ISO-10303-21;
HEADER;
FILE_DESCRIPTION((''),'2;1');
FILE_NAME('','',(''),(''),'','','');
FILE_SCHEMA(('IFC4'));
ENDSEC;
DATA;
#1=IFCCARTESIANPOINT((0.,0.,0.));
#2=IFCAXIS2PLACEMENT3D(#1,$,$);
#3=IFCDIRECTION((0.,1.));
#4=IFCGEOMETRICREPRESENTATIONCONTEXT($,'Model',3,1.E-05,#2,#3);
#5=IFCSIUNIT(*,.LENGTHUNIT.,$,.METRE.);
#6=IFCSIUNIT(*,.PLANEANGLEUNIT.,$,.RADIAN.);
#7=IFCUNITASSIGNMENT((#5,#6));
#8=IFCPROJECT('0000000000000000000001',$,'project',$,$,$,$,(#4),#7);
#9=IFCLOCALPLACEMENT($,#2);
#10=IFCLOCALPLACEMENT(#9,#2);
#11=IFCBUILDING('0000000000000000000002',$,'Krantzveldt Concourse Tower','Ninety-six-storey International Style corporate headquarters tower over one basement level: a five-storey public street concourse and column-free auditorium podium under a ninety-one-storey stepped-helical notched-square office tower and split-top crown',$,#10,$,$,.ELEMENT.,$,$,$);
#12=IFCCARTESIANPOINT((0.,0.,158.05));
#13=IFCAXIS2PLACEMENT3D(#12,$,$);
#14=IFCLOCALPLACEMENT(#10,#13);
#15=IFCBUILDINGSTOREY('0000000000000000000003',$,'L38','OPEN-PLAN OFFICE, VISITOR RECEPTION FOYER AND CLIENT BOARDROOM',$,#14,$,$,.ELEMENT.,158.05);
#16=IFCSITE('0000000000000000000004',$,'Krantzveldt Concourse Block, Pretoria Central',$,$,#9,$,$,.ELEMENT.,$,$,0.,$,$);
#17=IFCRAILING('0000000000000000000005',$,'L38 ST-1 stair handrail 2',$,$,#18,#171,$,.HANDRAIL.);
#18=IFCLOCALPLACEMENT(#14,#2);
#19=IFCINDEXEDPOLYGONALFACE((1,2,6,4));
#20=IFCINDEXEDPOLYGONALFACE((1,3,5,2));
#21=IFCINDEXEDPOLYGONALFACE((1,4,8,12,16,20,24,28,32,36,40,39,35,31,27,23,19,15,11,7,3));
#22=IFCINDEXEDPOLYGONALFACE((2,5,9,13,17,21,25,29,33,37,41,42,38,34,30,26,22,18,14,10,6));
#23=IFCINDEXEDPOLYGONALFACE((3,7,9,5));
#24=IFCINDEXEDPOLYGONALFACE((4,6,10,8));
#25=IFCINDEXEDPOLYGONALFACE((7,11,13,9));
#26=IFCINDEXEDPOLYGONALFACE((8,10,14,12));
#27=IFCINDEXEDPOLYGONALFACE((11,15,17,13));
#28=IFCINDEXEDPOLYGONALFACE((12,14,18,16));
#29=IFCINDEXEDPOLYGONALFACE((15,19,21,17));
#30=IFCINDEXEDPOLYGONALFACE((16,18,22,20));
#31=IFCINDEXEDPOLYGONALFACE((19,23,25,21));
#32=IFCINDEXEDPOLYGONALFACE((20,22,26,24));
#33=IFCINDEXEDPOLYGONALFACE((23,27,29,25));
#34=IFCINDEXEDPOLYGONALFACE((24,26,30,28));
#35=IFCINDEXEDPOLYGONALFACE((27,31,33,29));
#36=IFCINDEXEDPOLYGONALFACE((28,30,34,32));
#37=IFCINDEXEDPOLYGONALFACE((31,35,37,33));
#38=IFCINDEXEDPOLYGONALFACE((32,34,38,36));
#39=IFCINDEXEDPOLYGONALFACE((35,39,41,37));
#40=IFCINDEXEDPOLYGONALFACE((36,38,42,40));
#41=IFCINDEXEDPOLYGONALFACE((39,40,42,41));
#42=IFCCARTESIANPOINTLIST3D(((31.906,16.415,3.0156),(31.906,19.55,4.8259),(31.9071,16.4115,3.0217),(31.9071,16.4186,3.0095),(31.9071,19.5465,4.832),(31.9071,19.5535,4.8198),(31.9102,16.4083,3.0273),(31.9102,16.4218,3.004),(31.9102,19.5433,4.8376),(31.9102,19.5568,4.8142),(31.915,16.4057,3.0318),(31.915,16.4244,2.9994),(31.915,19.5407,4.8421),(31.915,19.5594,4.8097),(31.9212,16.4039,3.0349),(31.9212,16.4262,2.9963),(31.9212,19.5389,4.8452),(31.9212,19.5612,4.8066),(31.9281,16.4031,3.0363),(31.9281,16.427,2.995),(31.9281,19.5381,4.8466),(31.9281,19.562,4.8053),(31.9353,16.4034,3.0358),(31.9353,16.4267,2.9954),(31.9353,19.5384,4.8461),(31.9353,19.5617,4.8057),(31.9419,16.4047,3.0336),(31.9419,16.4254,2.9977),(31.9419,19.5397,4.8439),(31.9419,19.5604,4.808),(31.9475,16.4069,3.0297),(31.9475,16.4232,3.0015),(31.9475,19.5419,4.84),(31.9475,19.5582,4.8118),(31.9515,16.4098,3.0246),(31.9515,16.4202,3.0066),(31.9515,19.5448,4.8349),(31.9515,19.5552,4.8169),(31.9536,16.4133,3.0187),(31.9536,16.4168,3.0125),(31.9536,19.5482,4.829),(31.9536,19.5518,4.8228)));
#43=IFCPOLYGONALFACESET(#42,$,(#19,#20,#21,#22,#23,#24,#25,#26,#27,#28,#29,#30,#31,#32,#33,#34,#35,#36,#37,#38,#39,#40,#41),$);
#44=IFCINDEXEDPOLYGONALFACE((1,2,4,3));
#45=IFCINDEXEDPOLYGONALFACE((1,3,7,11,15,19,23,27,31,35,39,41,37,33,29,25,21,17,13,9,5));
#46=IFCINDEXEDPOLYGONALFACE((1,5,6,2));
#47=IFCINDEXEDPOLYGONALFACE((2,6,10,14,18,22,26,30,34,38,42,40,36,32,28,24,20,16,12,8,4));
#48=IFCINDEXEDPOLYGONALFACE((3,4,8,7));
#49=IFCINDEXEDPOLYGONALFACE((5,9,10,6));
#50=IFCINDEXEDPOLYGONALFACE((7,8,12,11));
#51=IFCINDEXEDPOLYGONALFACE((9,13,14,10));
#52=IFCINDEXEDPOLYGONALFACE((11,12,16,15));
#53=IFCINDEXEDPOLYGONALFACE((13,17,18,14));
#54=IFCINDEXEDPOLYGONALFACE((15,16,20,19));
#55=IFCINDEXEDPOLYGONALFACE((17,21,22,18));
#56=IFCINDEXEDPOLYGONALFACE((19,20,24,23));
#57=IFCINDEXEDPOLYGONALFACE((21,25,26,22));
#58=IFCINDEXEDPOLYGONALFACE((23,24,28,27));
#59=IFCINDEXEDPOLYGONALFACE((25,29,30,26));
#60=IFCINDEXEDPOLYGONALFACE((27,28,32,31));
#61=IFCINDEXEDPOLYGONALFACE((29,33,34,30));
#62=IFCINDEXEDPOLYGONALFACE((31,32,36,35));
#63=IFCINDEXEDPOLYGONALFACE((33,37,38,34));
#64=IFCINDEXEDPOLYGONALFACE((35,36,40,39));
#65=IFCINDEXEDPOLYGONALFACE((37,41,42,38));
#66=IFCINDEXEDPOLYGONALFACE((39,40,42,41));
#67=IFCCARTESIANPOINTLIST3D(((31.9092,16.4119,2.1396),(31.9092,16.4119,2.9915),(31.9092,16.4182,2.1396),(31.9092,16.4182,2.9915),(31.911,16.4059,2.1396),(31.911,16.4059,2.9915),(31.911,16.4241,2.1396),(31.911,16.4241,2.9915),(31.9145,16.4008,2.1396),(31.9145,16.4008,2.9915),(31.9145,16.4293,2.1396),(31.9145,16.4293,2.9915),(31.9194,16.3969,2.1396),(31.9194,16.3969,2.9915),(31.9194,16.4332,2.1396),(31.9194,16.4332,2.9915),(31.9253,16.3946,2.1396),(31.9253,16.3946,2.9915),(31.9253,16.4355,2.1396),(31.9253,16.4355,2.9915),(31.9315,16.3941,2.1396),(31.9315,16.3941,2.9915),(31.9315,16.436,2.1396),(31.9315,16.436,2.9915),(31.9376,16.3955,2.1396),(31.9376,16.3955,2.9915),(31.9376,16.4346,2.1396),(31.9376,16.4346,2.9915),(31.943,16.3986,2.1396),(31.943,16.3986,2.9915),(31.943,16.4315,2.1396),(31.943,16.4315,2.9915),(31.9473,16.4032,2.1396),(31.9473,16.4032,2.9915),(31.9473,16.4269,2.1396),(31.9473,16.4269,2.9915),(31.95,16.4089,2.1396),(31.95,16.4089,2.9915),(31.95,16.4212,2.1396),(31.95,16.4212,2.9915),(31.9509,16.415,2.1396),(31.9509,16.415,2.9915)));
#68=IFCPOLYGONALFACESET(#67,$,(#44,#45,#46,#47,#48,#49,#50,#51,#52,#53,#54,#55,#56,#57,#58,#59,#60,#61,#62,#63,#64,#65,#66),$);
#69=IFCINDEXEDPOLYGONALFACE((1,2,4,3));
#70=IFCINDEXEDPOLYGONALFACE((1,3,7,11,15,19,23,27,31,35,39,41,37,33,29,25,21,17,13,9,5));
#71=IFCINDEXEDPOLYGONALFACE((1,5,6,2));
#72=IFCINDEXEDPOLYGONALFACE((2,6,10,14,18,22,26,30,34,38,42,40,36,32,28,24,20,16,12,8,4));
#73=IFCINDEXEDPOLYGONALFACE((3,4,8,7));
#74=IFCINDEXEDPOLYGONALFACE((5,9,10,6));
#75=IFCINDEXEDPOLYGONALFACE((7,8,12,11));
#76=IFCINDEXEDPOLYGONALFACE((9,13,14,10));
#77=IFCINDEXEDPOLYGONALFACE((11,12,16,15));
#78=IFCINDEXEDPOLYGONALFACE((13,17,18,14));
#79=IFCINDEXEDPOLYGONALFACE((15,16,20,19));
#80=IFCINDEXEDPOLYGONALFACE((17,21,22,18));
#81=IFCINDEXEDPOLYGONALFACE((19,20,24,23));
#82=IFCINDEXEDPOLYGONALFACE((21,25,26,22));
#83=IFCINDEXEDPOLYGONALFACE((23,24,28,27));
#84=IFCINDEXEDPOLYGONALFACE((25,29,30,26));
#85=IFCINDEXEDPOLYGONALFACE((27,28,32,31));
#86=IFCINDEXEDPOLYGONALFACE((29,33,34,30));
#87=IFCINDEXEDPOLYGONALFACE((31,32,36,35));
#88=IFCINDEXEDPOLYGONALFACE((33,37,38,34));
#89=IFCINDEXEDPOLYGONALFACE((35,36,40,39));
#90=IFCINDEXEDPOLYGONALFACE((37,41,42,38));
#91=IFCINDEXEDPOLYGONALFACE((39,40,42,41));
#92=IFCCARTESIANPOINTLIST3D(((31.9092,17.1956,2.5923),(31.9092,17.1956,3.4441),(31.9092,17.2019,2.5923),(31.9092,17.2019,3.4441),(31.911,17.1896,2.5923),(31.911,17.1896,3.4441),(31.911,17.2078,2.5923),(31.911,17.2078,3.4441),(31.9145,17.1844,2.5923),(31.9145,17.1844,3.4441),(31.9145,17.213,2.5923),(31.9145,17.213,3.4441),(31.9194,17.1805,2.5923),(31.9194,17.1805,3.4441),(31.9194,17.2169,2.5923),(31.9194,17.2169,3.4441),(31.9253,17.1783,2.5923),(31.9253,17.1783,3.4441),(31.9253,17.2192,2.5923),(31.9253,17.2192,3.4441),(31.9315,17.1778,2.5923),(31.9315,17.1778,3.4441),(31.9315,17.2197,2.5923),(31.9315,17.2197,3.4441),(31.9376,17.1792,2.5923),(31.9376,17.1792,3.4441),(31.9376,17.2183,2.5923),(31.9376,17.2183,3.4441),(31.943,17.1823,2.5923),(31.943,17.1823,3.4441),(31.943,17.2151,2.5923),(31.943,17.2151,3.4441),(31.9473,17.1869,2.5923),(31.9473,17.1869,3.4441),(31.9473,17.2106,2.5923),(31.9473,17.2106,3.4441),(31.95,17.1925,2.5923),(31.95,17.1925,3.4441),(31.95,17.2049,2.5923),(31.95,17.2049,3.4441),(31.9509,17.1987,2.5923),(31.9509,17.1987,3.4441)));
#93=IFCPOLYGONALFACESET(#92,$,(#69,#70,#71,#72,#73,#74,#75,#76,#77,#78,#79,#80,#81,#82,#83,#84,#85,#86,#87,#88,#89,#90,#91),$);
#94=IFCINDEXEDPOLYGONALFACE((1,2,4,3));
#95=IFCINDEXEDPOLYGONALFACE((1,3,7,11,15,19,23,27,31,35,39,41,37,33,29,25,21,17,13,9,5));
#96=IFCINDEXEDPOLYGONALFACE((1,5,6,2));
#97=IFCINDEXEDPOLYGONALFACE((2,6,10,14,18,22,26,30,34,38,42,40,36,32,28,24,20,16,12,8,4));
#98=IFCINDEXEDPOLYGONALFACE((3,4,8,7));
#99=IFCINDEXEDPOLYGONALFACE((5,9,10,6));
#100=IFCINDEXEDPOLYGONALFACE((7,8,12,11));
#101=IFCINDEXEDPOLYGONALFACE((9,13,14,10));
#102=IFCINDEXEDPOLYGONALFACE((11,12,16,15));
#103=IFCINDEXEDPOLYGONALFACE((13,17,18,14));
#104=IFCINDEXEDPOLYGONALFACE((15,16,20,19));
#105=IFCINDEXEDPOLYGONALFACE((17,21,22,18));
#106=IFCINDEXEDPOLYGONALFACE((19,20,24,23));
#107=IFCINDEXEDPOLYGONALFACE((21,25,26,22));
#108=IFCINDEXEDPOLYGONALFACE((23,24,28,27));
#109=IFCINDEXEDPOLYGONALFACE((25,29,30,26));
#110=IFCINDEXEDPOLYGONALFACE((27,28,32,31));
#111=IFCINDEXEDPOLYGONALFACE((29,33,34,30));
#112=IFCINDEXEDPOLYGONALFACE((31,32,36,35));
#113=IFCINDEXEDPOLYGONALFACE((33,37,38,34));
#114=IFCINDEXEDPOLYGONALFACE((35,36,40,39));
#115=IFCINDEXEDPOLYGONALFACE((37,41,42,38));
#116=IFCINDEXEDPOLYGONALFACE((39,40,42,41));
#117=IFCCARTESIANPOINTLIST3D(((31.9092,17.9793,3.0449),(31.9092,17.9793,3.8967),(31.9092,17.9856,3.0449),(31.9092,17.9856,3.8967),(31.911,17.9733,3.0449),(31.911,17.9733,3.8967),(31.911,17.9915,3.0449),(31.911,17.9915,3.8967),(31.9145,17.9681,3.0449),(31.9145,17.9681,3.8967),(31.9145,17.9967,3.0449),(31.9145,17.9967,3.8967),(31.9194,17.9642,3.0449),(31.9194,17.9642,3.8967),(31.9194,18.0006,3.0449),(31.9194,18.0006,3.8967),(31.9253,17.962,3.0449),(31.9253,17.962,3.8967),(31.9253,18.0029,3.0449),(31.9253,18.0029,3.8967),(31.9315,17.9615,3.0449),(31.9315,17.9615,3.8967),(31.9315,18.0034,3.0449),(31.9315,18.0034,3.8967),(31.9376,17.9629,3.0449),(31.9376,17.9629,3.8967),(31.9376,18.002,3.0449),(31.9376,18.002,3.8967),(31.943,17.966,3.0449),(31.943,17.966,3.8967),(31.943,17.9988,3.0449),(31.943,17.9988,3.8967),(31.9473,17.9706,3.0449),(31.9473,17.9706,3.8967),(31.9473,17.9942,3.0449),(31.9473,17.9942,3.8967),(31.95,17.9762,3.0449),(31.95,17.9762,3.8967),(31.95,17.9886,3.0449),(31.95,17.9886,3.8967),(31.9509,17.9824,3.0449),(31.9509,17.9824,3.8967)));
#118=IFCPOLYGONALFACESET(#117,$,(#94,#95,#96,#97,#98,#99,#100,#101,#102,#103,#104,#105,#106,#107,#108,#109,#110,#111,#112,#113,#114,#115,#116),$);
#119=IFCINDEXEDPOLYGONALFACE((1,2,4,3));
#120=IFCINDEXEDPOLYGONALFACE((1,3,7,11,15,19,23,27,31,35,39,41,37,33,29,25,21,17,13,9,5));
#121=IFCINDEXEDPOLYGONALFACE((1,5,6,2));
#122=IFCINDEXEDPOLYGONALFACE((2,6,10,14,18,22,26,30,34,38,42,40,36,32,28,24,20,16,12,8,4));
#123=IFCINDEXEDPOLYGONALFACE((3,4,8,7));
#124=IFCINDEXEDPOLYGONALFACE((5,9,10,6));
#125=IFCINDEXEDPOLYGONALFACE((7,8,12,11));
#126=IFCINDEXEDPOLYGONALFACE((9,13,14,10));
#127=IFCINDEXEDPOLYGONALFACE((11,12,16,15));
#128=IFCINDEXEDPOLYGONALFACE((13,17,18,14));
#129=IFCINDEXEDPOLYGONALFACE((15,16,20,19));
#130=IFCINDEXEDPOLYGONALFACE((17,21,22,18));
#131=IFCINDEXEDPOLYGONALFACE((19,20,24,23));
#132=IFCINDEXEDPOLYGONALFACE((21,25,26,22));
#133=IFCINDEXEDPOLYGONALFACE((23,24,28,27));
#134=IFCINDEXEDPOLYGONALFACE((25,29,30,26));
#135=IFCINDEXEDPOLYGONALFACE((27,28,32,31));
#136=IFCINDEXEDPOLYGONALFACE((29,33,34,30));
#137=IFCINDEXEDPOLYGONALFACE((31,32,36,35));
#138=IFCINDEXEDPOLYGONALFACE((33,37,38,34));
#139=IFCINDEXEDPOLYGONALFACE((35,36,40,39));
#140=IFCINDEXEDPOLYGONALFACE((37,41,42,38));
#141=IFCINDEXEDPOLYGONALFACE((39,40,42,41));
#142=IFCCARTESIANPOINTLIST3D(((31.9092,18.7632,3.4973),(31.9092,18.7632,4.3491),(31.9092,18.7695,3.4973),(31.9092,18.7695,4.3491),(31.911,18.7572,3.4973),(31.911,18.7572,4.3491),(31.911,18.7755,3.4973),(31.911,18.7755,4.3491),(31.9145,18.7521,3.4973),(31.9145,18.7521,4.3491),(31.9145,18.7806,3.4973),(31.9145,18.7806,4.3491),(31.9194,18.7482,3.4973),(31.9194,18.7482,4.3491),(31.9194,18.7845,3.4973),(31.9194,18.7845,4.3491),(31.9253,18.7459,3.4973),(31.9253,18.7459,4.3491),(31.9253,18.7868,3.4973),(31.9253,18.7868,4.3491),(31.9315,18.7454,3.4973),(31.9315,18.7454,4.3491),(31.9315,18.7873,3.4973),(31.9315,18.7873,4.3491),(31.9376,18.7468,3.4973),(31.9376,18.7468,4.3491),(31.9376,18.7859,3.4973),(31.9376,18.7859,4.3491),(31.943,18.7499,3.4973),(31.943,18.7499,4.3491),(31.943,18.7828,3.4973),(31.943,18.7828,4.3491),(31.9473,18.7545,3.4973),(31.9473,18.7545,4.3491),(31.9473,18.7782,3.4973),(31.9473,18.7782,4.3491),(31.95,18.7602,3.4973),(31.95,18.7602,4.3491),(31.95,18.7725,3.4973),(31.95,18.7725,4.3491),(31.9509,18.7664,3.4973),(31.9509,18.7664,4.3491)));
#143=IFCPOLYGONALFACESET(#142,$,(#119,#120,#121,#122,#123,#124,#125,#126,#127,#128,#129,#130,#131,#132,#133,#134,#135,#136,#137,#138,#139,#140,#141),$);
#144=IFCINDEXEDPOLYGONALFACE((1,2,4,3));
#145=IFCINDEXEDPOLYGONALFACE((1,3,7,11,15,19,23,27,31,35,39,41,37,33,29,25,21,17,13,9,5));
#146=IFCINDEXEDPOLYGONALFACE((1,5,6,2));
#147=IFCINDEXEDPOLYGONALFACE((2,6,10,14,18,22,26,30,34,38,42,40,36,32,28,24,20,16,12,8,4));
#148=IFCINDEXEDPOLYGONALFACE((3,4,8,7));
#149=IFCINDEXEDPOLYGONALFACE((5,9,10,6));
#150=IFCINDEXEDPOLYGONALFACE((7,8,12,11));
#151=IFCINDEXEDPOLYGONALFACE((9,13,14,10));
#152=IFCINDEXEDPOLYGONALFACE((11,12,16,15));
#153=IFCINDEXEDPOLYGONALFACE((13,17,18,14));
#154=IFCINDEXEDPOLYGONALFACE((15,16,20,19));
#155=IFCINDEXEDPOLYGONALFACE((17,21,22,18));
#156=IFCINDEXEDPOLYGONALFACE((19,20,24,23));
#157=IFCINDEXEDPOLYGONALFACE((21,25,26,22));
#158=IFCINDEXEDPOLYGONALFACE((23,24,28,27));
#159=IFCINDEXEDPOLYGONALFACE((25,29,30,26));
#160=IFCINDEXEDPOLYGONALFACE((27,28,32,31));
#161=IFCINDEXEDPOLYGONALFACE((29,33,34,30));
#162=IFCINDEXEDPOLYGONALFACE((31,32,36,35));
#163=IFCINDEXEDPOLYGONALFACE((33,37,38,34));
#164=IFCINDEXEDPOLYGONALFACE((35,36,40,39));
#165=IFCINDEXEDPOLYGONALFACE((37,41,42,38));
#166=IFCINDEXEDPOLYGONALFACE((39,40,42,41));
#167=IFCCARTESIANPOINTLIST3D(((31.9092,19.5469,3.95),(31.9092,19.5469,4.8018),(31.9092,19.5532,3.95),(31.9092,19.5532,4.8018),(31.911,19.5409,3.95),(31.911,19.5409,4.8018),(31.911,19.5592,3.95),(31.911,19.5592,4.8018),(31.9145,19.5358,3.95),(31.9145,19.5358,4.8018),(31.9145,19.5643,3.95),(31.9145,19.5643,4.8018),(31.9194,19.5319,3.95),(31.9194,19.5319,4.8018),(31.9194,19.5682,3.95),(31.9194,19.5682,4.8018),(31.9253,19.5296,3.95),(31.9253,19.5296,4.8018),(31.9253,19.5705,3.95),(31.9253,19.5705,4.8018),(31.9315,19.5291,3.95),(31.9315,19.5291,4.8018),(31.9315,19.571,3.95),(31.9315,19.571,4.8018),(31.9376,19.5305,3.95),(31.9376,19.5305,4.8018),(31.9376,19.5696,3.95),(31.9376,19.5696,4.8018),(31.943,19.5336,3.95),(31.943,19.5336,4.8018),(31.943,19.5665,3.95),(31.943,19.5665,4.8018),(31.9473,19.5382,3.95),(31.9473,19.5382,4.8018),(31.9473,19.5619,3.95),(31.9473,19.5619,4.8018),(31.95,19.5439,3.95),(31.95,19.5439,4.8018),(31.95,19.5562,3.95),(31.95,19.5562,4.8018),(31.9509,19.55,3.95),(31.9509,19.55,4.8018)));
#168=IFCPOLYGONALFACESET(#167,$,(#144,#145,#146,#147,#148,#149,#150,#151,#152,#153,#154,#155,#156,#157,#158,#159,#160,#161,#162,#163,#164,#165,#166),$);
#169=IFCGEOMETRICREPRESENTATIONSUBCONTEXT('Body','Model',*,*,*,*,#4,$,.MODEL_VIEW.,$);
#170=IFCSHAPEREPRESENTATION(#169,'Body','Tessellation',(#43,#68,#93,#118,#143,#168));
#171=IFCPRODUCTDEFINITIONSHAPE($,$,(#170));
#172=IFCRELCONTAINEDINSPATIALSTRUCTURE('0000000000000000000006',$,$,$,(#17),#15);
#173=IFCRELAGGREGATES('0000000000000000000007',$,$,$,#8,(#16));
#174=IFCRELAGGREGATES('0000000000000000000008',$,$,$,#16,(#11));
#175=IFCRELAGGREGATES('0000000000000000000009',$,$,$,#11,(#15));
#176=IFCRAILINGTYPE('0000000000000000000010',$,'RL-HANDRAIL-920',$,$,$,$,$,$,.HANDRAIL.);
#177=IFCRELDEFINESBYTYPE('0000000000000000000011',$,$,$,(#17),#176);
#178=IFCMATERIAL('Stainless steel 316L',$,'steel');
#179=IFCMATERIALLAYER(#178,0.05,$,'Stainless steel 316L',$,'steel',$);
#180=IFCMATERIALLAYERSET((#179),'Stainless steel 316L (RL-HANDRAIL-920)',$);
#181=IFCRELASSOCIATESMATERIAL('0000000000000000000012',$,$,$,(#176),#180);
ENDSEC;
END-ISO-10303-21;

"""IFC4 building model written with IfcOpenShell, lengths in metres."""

from ifc_helpers import new_model, si_unit, direction, frame, origin, origin_2d, place, context, subcontext, project, spatial, circle, extrude, material, layer, layer_set, type_object, element, save


model = new_model("IFC4")

# Units and contexts
model_context = context("Model", 3, precision=1e-05, world=origin(), true_north=direction((0.0, 1.0)))
body_context = subcontext(model_context, "Body", "Model", "MODEL_VIEW")
ifc_project = project(units=[si_unit("LENGTHUNIT", "METRE"), si_unit("PLANEANGLEUNIT", "RADIAN")], contexts=[model_context])

# Site, building, storey
site_placement = place(None, origin())
site = spatial("IfcSite", under=ifc_project, at=site_placement, Name="Krantzveldt Concourse Block, Pretoria Central", CompositionType="ELEMENT", RefElevation=0.0)
building_placement = place(site_placement, origin())
building = spatial("IfcBuilding", under=site, at=building_placement, Name="Krantzveldt Concourse Tower", Description="Ninety-six-storey International Style corporate headquarters tower over one basement level: a five-storey public street concourse and column-free auditorium podium under a ninety-one-storey stepped-helical notched-square office tower and split-top crown", CompositionType="ELEMENT")
storey_placement = place(building_placement, frame((0.0, 0.0, 158.05)))
storey = spatial("IfcBuildingStorey", under=building, at=storey_placement, Name="L38", Description="OPEN-PLAN OFFICE, VISITOR RECEPTION FOYER AND CLIENT BOARDROOM", CompositionType="ELEMENT", Elevation=158.05)

# Railing
ifc_material_1 = material(Name="Stainless steel 316L", Category="steel")
ifc_layer_1 = layer(ifc_material_1, 0.05, Name="Stainless steel 316L", Category="steel")
ifc_layer_set_1 = layer_set([ifc_layer_1], Name="Stainless steel 316L (RL-HANDRAIL-920)")
railing_type_1 = type_object("IfcRailingType", Name="RL-HANDRAIL-920", PredefinedType="HANDRAIL", material=ifc_layer_set_1)
railing_1_placement = place(storey_placement, frame((31.9299, 16.415, 2.1396)))
element("IfcRailing", 1, at=railing_1_placement, inside=storey, type_object=railing_type_1, Name="L38 ST-1 stair handrail 2", PredefinedType="HANDRAIL", context=body_context, shape_type="SweptSolid", body=[
    extrude(circle(Radius=0.0239, at=origin_2d()), frame((0.0, 0.0, 0.876), z_axis=(0.0, 0.865989, 0.500063), x_axis=(-1.0, 0.0, 0.0)), (0.0, 0.0, 1.0), 3.6201),
    extrude(circle(Radius=0.021, at=origin_2d()), origin(), (0.0, 0.0, 1.0), 0.8518),
    extrude(circle(Radius=0.021, at=origin_2d()), frame((0.0, 0.7837, 0.4526)), (0.0, 0.0, 1.0), 0.8518),
    extrude(circle(Radius=0.021, at=origin_2d()), frame((0.0, 1.5674, 0.9053)), (0.0, 0.0, 1.0), 0.8518),
    extrude(circle(Radius=0.021, at=origin_2d()), frame((0.0, 2.3513, 1.3577)), (0.0, 0.0, 1.0), 0.8518),
    extrude(circle(Radius=0.021, at=origin_2d()), frame((0.0, 3.135, 1.8103)), (0.0, 0.0, 1.0), 0.8518),
])

save(model, "model.ifc")
